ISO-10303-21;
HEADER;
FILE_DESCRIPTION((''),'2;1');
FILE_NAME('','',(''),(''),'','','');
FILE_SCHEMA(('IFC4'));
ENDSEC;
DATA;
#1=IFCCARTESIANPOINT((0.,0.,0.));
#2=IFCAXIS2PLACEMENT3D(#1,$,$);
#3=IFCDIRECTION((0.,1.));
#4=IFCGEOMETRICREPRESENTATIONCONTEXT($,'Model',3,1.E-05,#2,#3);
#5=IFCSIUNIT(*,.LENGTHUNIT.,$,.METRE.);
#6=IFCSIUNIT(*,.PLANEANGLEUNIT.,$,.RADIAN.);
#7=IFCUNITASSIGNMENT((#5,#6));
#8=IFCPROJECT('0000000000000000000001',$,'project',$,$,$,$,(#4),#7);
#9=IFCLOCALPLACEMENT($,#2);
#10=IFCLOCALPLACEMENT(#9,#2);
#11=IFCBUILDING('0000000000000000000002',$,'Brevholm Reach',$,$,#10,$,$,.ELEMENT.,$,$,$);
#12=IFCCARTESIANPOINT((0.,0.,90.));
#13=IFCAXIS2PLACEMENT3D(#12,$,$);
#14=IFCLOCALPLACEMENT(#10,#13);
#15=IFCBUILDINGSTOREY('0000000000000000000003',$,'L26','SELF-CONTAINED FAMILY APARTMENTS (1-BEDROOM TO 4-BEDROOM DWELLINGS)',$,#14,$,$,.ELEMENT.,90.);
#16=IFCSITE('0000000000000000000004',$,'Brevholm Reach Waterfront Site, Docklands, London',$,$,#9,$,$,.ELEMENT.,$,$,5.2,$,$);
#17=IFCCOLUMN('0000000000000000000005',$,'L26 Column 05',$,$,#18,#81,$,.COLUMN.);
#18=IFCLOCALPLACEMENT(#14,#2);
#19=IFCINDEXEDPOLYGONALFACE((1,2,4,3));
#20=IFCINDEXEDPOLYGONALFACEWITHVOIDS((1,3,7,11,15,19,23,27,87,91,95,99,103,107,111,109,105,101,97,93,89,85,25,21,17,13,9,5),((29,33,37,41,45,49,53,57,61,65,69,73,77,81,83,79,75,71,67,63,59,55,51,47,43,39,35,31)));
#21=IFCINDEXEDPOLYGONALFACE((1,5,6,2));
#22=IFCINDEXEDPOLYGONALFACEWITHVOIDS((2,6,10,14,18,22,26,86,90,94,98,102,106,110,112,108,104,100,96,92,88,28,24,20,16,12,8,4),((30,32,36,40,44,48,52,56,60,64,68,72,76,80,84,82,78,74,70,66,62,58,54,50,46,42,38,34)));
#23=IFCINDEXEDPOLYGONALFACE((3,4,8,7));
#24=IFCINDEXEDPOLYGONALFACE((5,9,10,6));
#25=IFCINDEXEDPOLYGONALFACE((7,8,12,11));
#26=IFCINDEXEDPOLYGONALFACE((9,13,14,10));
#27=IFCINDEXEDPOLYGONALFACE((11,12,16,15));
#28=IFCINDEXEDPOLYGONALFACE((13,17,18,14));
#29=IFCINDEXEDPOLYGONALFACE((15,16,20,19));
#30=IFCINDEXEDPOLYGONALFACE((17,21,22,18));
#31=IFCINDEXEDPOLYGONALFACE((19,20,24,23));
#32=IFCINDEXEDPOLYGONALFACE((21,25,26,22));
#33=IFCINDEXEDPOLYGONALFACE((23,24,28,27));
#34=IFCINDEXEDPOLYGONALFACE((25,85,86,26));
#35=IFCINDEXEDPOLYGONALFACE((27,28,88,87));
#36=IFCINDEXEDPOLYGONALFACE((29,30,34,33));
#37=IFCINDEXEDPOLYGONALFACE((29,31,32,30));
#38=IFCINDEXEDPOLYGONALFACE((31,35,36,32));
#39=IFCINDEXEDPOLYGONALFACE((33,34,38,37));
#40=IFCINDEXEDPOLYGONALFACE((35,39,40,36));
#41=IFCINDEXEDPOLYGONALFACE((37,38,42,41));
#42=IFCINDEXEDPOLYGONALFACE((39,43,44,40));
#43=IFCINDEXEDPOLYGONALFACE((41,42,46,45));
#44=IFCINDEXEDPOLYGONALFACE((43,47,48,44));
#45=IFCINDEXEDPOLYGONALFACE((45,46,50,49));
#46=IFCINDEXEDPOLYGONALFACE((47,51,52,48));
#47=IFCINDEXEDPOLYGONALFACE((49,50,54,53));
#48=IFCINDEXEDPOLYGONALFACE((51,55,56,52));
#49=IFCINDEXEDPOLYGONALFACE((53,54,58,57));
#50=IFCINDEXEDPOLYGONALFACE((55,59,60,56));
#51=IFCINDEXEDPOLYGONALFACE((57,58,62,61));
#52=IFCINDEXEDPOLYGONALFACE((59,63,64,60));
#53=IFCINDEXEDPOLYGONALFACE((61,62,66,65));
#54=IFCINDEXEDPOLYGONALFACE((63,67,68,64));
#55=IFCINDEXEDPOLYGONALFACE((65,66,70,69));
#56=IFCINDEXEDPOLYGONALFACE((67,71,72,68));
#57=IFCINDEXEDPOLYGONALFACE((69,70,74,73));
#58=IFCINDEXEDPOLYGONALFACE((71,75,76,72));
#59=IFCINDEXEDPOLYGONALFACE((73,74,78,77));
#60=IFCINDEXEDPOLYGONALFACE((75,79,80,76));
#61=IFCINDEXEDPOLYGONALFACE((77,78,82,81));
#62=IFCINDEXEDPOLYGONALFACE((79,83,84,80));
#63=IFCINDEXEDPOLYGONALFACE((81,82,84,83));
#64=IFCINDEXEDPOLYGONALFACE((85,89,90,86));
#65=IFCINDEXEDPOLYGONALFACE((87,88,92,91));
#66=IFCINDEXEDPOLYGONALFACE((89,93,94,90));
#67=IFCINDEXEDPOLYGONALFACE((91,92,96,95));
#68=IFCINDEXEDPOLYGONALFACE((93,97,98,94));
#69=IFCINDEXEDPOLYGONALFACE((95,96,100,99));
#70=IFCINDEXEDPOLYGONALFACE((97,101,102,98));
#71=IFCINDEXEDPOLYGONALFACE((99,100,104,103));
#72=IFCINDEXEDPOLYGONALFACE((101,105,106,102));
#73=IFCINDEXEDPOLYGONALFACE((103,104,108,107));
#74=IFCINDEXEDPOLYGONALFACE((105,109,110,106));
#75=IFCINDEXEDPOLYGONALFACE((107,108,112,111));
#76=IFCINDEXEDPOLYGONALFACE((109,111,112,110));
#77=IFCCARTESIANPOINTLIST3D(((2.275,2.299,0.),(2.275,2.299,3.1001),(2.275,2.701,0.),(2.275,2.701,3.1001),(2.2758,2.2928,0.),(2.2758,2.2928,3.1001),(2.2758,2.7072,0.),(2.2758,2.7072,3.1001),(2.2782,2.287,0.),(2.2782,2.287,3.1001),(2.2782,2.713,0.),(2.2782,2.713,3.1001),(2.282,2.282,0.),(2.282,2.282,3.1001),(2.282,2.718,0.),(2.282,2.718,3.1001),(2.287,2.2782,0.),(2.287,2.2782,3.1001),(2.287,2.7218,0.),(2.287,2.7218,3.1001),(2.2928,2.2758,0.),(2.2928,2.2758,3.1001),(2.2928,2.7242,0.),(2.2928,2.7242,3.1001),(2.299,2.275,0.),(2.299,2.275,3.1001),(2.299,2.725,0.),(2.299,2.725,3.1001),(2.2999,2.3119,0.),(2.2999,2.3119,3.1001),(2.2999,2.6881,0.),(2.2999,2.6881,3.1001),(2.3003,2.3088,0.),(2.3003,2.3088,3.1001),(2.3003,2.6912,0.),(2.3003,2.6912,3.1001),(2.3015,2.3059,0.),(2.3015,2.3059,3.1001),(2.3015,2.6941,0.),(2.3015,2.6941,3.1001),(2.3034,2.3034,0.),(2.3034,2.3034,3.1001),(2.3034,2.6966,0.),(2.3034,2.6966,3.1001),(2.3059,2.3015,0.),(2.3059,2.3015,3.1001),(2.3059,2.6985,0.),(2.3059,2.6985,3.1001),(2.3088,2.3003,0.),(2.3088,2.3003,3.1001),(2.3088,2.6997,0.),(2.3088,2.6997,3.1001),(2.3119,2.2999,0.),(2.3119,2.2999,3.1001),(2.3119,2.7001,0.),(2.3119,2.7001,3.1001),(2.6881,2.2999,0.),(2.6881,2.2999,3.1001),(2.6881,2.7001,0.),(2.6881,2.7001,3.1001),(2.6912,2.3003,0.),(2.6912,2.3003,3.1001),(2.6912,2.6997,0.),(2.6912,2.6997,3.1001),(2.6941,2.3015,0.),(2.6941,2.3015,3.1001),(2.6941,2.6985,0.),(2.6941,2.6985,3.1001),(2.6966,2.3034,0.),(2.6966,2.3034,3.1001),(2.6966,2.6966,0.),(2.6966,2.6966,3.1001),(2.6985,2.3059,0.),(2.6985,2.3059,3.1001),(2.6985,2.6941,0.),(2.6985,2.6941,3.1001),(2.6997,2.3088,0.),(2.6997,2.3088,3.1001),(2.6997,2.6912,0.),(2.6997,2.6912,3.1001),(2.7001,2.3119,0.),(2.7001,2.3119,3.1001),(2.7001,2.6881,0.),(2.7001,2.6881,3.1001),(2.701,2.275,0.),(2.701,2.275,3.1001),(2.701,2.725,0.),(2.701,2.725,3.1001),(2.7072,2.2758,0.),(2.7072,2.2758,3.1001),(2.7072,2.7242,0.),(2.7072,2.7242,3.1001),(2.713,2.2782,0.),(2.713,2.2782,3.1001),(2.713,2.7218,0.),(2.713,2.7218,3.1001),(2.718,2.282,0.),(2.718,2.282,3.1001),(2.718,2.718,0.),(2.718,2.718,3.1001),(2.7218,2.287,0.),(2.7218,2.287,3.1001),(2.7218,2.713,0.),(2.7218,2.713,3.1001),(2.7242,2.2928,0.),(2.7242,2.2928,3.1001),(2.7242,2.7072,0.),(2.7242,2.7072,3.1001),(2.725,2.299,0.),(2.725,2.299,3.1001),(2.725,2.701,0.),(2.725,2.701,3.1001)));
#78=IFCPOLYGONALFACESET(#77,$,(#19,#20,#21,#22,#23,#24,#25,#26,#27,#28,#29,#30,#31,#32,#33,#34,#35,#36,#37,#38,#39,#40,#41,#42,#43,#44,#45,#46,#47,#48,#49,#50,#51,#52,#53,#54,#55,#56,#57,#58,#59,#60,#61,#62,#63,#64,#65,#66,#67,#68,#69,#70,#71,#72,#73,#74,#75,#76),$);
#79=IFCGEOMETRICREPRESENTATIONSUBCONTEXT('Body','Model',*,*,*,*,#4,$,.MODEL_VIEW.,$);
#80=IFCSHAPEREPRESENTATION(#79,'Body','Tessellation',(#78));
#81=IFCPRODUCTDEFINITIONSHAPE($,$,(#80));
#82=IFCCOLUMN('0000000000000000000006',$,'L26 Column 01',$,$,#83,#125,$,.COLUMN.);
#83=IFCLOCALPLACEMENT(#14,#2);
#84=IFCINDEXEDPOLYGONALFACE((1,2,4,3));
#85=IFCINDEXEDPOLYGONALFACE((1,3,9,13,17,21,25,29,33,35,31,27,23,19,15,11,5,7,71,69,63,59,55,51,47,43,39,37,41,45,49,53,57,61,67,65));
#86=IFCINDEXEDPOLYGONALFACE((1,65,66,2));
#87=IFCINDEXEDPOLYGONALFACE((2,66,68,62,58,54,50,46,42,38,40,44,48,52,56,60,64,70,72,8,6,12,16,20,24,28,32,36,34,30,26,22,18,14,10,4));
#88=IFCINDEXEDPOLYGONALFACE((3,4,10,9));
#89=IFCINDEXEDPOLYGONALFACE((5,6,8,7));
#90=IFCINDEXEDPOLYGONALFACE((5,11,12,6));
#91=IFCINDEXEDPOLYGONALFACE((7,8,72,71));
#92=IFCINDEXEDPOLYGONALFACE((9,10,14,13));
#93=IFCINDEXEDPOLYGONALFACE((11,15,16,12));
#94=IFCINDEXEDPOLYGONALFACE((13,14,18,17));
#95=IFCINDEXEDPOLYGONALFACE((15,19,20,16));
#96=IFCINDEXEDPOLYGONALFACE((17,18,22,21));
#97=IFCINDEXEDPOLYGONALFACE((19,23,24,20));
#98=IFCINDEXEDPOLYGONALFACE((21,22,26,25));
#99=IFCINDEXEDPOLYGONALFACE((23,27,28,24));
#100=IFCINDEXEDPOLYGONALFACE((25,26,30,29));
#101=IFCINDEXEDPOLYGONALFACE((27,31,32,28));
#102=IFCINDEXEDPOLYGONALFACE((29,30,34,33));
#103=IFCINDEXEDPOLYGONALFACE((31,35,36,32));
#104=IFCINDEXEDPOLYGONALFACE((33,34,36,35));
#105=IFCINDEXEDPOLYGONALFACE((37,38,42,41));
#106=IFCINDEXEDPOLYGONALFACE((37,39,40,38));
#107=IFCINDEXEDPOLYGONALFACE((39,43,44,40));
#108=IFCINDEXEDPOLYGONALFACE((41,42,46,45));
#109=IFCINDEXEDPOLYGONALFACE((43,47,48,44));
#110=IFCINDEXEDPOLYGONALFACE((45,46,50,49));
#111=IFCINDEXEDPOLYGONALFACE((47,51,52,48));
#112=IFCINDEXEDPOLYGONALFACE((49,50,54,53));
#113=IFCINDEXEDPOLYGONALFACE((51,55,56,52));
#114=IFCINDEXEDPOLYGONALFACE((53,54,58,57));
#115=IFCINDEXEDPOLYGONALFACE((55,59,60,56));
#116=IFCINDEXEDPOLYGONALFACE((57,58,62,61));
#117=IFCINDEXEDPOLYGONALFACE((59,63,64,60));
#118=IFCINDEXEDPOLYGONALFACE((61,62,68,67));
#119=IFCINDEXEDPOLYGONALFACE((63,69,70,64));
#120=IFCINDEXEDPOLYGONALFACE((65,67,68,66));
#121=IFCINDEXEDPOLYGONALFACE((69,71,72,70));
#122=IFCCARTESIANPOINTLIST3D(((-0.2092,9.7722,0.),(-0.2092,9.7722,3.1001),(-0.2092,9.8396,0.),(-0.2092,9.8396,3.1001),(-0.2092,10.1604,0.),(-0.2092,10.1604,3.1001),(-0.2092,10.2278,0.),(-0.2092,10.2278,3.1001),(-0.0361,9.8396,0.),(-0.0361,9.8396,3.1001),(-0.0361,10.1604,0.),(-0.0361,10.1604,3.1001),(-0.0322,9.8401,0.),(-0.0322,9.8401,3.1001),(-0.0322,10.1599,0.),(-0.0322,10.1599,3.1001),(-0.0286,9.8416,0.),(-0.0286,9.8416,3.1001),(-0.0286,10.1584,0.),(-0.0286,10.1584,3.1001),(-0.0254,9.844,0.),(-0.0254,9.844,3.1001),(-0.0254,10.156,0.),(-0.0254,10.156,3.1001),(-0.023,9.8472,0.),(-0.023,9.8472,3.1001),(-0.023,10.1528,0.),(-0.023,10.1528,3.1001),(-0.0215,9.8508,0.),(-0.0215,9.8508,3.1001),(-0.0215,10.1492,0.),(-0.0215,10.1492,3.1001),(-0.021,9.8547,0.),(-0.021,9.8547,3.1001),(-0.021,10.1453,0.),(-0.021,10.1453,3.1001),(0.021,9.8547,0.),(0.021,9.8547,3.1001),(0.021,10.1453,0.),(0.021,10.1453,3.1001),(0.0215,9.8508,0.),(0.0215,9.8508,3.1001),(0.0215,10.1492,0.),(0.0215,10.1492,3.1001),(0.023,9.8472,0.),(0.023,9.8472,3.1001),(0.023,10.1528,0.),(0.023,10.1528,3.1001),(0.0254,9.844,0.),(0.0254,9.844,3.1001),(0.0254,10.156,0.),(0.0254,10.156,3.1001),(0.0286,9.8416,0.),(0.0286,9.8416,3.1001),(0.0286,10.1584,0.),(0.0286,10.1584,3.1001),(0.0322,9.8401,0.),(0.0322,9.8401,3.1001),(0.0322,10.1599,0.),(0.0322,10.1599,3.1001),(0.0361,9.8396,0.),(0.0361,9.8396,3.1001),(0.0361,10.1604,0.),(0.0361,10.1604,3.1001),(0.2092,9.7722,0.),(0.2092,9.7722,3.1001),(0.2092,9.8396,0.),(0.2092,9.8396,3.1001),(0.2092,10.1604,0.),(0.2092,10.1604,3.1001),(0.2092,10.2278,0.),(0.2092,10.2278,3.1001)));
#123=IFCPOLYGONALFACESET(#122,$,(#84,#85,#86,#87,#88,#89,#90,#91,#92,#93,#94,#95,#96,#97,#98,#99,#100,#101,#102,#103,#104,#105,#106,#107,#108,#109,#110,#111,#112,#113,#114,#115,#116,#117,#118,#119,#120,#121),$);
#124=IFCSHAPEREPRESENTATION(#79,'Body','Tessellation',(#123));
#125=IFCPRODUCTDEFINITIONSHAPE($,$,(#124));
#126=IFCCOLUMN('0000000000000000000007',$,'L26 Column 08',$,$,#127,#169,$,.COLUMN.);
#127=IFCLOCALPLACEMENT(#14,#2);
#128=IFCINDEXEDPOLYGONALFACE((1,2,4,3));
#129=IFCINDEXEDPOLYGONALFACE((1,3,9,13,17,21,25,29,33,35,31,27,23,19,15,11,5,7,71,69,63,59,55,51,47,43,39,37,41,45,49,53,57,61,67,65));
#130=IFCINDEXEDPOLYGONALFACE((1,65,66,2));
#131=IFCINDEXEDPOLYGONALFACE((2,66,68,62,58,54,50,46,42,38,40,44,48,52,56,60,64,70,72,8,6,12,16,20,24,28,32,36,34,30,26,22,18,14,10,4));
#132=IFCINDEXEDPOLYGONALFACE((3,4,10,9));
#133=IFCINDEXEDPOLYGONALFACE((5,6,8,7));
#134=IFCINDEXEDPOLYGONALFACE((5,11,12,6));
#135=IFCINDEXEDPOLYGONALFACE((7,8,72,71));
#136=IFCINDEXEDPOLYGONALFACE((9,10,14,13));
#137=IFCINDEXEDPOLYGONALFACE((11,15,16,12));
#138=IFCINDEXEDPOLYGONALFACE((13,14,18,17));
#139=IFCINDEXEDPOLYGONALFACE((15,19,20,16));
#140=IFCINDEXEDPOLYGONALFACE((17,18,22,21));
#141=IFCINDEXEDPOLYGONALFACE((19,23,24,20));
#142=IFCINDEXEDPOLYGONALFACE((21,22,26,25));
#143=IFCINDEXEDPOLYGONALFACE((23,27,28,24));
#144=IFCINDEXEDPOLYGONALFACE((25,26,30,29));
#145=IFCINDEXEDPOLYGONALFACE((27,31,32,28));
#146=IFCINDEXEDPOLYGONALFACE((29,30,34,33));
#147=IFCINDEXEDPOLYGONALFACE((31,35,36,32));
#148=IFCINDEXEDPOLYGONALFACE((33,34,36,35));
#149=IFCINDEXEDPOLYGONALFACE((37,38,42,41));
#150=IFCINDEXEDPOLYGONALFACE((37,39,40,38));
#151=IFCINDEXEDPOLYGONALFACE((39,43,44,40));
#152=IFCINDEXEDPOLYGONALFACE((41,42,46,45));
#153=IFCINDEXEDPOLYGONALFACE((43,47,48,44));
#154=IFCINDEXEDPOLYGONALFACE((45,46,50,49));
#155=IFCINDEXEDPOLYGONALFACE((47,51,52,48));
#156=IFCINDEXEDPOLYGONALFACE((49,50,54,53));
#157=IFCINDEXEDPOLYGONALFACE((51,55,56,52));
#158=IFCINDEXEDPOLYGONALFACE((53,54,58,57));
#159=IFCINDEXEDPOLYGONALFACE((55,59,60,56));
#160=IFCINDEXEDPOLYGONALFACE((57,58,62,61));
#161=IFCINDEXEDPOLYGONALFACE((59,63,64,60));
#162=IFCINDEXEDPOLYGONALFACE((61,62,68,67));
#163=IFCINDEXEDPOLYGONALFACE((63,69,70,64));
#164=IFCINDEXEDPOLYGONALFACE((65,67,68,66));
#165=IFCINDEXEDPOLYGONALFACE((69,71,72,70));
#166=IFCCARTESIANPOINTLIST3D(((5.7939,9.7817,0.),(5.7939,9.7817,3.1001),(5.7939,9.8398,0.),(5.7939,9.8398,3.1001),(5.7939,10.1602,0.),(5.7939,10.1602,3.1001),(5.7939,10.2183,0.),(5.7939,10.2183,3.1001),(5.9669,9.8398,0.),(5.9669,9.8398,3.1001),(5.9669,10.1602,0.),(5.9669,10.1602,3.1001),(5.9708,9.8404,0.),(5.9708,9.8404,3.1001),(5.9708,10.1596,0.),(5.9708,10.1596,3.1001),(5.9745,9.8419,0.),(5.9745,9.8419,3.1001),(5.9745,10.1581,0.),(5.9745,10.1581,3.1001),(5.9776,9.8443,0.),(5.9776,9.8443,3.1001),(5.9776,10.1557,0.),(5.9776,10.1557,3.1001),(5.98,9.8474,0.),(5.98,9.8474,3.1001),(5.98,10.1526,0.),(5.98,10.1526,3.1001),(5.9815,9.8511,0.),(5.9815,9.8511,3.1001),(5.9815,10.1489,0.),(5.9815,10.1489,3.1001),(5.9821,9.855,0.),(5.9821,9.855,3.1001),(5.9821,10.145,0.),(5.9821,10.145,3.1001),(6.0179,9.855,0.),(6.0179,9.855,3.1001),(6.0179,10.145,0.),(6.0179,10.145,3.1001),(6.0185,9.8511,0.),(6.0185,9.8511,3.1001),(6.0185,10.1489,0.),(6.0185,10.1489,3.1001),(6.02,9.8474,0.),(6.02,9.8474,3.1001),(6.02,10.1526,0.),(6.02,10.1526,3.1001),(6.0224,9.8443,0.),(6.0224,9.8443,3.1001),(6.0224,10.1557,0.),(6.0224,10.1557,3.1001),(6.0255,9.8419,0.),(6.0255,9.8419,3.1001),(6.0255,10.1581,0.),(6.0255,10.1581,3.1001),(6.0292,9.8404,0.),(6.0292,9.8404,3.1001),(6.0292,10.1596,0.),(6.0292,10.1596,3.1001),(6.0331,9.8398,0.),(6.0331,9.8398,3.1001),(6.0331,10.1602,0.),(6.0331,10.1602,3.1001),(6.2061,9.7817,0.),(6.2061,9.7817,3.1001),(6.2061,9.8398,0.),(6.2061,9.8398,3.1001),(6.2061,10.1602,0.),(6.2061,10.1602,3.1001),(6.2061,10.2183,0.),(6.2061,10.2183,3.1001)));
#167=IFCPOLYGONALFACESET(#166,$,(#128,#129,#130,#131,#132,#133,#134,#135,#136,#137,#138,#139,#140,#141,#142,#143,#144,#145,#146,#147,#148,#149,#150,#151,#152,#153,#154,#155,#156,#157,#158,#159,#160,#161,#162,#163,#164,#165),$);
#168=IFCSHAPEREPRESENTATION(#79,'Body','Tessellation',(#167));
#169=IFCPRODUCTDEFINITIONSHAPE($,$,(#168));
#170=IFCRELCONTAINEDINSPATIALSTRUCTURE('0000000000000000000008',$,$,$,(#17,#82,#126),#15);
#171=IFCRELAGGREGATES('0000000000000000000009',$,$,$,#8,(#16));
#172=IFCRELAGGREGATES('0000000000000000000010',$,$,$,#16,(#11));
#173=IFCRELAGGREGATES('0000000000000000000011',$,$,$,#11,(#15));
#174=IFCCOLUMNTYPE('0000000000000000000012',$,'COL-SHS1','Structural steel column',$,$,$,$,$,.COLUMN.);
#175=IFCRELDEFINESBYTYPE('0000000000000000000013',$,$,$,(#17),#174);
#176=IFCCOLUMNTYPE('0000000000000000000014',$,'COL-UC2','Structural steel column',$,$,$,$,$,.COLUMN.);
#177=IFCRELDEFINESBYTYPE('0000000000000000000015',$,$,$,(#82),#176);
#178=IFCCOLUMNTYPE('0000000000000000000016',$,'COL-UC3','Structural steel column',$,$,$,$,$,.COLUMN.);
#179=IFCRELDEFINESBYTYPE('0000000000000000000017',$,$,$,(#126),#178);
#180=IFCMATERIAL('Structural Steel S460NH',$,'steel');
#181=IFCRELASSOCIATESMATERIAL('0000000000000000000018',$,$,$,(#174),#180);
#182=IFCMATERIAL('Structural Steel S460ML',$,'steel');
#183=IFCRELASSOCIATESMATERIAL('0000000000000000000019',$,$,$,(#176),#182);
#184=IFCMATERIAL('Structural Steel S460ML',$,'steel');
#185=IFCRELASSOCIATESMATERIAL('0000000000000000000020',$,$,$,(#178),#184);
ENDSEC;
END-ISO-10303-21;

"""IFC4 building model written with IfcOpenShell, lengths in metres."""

from ifc_helpers import new_model, si_unit, direction, frame, origin, origin_2d, place, context, subcontext, project, spatial, hollow_rectangle, i_section, extrude, material, material_profile, profile_set, type_object, element, save


model = new_model("IFC4")

# Units and contexts
model_context = context("Model", 3, precision=1e-05, world=origin(), true_north=direction((0.0, 1.0)))
body_context = subcontext(model_context, "Body", "Model", "MODEL_VIEW")
ifc_project = project(units=[si_unit("LENGTHUNIT", "METRE"), si_unit("PLANEANGLEUNIT", "RADIAN")], contexts=[model_context])

# Site, building, storey
site_placement = place(None, origin())
site = spatial("IfcSite", under=ifc_project, at=site_placement, Name="Brevholm Reach Waterfront Site, Docklands, London", CompositionType="ELEMENT", RefElevation=5.2)
building_placement = place(site_placement, origin())
building = spatial("IfcBuilding", under=site, at=building_placement, Name="Brevholm Reach", CompositionType="ELEMENT")
storey_placement = place(building_placement, frame((0.0, 0.0, 90.0)))
storey = spatial("IfcBuildingStorey", under=building, at=storey_placement, Name="L26", Description="SELF-CONTAINED FAMILY APARTMENTS (1-BEDROOM TO 4-BEDROOM DWELLINGS)", CompositionType="ELEMENT", Elevation=90.0)

# Columns
ifc_material_1 = material(Name="Structural Steel S460NH", Category="steel")
ifc_material_profile_1 = material_profile(ifc_material_1, hollow_rectangle(XDim=0.45, YDim=0.45, WallThickness=0.0249, InnerFilletRadius=0.012, OuterFilletRadius=0.0239, at=origin_2d()), Name="SHS 450x450x25")
ifc_profile_set_1 = profile_set([ifc_material_profile_1], Name="Structural Steel S460NH")
column_type_1 = type_object("IfcColumnType", Name="COL-SHS1", Description="Structural steel column", PredefinedType="COLUMN", material=ifc_profile_set_1)
column_1_placement = place(storey_placement, frame((2.5, 2.5, 0.0), z_axis=(0.0, 0.0, 1.0), x_axis=(1.0, 0.0, 0.0)))
element("IfcColumn", 1, at=column_1_placement, inside=storey, type_object=column_type_1, Name="L26 Column 05", PredefinedType="COLUMN", context=body_context, shape_type="SweptSolid", body=[
    extrude(hollow_rectangle(XDim=0.45, YDim=0.45, WallThickness=0.0249, InnerFilletRadius=0.012, OuterFilletRadius=0.0239, at=origin_2d()), origin(), (0.0, 0.0, 1.0), 3.1001),
])
ifc_material_2 = material(Name="Structural Steel S460ML", Category="steel")
ifc_material_profile_2 = material_profile(ifc_material_2, i_section(OverallWidth=0.4185, OverallDepth=0.4556, WebThickness=0.042, FlangeThickness=0.0674, FilletRadius=0.0151, at=origin_2d()), Name="UKC 356x406x551")
ifc_profile_set_2 = profile_set([ifc_material_profile_2], Name="Structural Steel S460ML")
column_type_2 = type_object("IfcColumnType", Name="COL-UC2", Description="Structural steel column", PredefinedType="COLUMN", material=ifc_profile_set_2)
column_2_placement = place(storey_placement, frame((0.0, 10.0, 0.0), z_axis=(0.0, 0.0, 1.0), x_axis=(1.0, 0.0, 0.0)))
element("IfcColumn", 2, at=column_2_placement, inside=storey, type_object=column_type_2, Name="L26 Column 01", PredefinedType="COLUMN", context=body_context, shape_type="SweptSolid", body=[
    extrude(i_section(OverallWidth=0.4185, OverallDepth=0.4556, WebThickness=0.042, FlangeThickness=0.0674, FilletRadius=0.0151, at=origin_2d()), origin(), (0.0, 0.0, 1.0), 3.1001),
])
ifc_material_3 = material(Name="Structural Steel S460ML", Category="steel")
ifc_material_profile_3 = material_profile(ifc_material_3, i_section(OverallWidth=0.4121, OverallDepth=0.4365, WebThickness=0.0359, FlangeThickness=0.0581, FilletRadius=0.0151, at=origin_2d()), Name="UKC 356x406x467")
ifc_profile_set_3 = profile_set([ifc_material_profile_3], Name="Structural Steel S460ML")
column_type_3 = type_object("IfcColumnType", Name="COL-UC3", Description="Structural steel column", PredefinedType="COLUMN", material=ifc_profile_set_3)
column_3_placement = place(storey_placement, frame((6.0, 10.0, 0.0), z_axis=(0.0, 0.0, 1.0), x_axis=(1.0, 0.0, 0.0)))
element("IfcColumn", 3, at=column_3_placement, inside=storey, type_object=column_type_3, Name="L26 Column 08", PredefinedType="COLUMN", context=body_context, shape_type="SweptSolid", body=[
    extrude(i_section(OverallWidth=0.4121, OverallDepth=0.4365, WebThickness=0.0359, FlangeThickness=0.0581, FilletRadius=0.0151, at=origin_2d()), origin(), (0.0, 0.0, 1.0), 3.1001),
])

save(model, "model.ifc")
